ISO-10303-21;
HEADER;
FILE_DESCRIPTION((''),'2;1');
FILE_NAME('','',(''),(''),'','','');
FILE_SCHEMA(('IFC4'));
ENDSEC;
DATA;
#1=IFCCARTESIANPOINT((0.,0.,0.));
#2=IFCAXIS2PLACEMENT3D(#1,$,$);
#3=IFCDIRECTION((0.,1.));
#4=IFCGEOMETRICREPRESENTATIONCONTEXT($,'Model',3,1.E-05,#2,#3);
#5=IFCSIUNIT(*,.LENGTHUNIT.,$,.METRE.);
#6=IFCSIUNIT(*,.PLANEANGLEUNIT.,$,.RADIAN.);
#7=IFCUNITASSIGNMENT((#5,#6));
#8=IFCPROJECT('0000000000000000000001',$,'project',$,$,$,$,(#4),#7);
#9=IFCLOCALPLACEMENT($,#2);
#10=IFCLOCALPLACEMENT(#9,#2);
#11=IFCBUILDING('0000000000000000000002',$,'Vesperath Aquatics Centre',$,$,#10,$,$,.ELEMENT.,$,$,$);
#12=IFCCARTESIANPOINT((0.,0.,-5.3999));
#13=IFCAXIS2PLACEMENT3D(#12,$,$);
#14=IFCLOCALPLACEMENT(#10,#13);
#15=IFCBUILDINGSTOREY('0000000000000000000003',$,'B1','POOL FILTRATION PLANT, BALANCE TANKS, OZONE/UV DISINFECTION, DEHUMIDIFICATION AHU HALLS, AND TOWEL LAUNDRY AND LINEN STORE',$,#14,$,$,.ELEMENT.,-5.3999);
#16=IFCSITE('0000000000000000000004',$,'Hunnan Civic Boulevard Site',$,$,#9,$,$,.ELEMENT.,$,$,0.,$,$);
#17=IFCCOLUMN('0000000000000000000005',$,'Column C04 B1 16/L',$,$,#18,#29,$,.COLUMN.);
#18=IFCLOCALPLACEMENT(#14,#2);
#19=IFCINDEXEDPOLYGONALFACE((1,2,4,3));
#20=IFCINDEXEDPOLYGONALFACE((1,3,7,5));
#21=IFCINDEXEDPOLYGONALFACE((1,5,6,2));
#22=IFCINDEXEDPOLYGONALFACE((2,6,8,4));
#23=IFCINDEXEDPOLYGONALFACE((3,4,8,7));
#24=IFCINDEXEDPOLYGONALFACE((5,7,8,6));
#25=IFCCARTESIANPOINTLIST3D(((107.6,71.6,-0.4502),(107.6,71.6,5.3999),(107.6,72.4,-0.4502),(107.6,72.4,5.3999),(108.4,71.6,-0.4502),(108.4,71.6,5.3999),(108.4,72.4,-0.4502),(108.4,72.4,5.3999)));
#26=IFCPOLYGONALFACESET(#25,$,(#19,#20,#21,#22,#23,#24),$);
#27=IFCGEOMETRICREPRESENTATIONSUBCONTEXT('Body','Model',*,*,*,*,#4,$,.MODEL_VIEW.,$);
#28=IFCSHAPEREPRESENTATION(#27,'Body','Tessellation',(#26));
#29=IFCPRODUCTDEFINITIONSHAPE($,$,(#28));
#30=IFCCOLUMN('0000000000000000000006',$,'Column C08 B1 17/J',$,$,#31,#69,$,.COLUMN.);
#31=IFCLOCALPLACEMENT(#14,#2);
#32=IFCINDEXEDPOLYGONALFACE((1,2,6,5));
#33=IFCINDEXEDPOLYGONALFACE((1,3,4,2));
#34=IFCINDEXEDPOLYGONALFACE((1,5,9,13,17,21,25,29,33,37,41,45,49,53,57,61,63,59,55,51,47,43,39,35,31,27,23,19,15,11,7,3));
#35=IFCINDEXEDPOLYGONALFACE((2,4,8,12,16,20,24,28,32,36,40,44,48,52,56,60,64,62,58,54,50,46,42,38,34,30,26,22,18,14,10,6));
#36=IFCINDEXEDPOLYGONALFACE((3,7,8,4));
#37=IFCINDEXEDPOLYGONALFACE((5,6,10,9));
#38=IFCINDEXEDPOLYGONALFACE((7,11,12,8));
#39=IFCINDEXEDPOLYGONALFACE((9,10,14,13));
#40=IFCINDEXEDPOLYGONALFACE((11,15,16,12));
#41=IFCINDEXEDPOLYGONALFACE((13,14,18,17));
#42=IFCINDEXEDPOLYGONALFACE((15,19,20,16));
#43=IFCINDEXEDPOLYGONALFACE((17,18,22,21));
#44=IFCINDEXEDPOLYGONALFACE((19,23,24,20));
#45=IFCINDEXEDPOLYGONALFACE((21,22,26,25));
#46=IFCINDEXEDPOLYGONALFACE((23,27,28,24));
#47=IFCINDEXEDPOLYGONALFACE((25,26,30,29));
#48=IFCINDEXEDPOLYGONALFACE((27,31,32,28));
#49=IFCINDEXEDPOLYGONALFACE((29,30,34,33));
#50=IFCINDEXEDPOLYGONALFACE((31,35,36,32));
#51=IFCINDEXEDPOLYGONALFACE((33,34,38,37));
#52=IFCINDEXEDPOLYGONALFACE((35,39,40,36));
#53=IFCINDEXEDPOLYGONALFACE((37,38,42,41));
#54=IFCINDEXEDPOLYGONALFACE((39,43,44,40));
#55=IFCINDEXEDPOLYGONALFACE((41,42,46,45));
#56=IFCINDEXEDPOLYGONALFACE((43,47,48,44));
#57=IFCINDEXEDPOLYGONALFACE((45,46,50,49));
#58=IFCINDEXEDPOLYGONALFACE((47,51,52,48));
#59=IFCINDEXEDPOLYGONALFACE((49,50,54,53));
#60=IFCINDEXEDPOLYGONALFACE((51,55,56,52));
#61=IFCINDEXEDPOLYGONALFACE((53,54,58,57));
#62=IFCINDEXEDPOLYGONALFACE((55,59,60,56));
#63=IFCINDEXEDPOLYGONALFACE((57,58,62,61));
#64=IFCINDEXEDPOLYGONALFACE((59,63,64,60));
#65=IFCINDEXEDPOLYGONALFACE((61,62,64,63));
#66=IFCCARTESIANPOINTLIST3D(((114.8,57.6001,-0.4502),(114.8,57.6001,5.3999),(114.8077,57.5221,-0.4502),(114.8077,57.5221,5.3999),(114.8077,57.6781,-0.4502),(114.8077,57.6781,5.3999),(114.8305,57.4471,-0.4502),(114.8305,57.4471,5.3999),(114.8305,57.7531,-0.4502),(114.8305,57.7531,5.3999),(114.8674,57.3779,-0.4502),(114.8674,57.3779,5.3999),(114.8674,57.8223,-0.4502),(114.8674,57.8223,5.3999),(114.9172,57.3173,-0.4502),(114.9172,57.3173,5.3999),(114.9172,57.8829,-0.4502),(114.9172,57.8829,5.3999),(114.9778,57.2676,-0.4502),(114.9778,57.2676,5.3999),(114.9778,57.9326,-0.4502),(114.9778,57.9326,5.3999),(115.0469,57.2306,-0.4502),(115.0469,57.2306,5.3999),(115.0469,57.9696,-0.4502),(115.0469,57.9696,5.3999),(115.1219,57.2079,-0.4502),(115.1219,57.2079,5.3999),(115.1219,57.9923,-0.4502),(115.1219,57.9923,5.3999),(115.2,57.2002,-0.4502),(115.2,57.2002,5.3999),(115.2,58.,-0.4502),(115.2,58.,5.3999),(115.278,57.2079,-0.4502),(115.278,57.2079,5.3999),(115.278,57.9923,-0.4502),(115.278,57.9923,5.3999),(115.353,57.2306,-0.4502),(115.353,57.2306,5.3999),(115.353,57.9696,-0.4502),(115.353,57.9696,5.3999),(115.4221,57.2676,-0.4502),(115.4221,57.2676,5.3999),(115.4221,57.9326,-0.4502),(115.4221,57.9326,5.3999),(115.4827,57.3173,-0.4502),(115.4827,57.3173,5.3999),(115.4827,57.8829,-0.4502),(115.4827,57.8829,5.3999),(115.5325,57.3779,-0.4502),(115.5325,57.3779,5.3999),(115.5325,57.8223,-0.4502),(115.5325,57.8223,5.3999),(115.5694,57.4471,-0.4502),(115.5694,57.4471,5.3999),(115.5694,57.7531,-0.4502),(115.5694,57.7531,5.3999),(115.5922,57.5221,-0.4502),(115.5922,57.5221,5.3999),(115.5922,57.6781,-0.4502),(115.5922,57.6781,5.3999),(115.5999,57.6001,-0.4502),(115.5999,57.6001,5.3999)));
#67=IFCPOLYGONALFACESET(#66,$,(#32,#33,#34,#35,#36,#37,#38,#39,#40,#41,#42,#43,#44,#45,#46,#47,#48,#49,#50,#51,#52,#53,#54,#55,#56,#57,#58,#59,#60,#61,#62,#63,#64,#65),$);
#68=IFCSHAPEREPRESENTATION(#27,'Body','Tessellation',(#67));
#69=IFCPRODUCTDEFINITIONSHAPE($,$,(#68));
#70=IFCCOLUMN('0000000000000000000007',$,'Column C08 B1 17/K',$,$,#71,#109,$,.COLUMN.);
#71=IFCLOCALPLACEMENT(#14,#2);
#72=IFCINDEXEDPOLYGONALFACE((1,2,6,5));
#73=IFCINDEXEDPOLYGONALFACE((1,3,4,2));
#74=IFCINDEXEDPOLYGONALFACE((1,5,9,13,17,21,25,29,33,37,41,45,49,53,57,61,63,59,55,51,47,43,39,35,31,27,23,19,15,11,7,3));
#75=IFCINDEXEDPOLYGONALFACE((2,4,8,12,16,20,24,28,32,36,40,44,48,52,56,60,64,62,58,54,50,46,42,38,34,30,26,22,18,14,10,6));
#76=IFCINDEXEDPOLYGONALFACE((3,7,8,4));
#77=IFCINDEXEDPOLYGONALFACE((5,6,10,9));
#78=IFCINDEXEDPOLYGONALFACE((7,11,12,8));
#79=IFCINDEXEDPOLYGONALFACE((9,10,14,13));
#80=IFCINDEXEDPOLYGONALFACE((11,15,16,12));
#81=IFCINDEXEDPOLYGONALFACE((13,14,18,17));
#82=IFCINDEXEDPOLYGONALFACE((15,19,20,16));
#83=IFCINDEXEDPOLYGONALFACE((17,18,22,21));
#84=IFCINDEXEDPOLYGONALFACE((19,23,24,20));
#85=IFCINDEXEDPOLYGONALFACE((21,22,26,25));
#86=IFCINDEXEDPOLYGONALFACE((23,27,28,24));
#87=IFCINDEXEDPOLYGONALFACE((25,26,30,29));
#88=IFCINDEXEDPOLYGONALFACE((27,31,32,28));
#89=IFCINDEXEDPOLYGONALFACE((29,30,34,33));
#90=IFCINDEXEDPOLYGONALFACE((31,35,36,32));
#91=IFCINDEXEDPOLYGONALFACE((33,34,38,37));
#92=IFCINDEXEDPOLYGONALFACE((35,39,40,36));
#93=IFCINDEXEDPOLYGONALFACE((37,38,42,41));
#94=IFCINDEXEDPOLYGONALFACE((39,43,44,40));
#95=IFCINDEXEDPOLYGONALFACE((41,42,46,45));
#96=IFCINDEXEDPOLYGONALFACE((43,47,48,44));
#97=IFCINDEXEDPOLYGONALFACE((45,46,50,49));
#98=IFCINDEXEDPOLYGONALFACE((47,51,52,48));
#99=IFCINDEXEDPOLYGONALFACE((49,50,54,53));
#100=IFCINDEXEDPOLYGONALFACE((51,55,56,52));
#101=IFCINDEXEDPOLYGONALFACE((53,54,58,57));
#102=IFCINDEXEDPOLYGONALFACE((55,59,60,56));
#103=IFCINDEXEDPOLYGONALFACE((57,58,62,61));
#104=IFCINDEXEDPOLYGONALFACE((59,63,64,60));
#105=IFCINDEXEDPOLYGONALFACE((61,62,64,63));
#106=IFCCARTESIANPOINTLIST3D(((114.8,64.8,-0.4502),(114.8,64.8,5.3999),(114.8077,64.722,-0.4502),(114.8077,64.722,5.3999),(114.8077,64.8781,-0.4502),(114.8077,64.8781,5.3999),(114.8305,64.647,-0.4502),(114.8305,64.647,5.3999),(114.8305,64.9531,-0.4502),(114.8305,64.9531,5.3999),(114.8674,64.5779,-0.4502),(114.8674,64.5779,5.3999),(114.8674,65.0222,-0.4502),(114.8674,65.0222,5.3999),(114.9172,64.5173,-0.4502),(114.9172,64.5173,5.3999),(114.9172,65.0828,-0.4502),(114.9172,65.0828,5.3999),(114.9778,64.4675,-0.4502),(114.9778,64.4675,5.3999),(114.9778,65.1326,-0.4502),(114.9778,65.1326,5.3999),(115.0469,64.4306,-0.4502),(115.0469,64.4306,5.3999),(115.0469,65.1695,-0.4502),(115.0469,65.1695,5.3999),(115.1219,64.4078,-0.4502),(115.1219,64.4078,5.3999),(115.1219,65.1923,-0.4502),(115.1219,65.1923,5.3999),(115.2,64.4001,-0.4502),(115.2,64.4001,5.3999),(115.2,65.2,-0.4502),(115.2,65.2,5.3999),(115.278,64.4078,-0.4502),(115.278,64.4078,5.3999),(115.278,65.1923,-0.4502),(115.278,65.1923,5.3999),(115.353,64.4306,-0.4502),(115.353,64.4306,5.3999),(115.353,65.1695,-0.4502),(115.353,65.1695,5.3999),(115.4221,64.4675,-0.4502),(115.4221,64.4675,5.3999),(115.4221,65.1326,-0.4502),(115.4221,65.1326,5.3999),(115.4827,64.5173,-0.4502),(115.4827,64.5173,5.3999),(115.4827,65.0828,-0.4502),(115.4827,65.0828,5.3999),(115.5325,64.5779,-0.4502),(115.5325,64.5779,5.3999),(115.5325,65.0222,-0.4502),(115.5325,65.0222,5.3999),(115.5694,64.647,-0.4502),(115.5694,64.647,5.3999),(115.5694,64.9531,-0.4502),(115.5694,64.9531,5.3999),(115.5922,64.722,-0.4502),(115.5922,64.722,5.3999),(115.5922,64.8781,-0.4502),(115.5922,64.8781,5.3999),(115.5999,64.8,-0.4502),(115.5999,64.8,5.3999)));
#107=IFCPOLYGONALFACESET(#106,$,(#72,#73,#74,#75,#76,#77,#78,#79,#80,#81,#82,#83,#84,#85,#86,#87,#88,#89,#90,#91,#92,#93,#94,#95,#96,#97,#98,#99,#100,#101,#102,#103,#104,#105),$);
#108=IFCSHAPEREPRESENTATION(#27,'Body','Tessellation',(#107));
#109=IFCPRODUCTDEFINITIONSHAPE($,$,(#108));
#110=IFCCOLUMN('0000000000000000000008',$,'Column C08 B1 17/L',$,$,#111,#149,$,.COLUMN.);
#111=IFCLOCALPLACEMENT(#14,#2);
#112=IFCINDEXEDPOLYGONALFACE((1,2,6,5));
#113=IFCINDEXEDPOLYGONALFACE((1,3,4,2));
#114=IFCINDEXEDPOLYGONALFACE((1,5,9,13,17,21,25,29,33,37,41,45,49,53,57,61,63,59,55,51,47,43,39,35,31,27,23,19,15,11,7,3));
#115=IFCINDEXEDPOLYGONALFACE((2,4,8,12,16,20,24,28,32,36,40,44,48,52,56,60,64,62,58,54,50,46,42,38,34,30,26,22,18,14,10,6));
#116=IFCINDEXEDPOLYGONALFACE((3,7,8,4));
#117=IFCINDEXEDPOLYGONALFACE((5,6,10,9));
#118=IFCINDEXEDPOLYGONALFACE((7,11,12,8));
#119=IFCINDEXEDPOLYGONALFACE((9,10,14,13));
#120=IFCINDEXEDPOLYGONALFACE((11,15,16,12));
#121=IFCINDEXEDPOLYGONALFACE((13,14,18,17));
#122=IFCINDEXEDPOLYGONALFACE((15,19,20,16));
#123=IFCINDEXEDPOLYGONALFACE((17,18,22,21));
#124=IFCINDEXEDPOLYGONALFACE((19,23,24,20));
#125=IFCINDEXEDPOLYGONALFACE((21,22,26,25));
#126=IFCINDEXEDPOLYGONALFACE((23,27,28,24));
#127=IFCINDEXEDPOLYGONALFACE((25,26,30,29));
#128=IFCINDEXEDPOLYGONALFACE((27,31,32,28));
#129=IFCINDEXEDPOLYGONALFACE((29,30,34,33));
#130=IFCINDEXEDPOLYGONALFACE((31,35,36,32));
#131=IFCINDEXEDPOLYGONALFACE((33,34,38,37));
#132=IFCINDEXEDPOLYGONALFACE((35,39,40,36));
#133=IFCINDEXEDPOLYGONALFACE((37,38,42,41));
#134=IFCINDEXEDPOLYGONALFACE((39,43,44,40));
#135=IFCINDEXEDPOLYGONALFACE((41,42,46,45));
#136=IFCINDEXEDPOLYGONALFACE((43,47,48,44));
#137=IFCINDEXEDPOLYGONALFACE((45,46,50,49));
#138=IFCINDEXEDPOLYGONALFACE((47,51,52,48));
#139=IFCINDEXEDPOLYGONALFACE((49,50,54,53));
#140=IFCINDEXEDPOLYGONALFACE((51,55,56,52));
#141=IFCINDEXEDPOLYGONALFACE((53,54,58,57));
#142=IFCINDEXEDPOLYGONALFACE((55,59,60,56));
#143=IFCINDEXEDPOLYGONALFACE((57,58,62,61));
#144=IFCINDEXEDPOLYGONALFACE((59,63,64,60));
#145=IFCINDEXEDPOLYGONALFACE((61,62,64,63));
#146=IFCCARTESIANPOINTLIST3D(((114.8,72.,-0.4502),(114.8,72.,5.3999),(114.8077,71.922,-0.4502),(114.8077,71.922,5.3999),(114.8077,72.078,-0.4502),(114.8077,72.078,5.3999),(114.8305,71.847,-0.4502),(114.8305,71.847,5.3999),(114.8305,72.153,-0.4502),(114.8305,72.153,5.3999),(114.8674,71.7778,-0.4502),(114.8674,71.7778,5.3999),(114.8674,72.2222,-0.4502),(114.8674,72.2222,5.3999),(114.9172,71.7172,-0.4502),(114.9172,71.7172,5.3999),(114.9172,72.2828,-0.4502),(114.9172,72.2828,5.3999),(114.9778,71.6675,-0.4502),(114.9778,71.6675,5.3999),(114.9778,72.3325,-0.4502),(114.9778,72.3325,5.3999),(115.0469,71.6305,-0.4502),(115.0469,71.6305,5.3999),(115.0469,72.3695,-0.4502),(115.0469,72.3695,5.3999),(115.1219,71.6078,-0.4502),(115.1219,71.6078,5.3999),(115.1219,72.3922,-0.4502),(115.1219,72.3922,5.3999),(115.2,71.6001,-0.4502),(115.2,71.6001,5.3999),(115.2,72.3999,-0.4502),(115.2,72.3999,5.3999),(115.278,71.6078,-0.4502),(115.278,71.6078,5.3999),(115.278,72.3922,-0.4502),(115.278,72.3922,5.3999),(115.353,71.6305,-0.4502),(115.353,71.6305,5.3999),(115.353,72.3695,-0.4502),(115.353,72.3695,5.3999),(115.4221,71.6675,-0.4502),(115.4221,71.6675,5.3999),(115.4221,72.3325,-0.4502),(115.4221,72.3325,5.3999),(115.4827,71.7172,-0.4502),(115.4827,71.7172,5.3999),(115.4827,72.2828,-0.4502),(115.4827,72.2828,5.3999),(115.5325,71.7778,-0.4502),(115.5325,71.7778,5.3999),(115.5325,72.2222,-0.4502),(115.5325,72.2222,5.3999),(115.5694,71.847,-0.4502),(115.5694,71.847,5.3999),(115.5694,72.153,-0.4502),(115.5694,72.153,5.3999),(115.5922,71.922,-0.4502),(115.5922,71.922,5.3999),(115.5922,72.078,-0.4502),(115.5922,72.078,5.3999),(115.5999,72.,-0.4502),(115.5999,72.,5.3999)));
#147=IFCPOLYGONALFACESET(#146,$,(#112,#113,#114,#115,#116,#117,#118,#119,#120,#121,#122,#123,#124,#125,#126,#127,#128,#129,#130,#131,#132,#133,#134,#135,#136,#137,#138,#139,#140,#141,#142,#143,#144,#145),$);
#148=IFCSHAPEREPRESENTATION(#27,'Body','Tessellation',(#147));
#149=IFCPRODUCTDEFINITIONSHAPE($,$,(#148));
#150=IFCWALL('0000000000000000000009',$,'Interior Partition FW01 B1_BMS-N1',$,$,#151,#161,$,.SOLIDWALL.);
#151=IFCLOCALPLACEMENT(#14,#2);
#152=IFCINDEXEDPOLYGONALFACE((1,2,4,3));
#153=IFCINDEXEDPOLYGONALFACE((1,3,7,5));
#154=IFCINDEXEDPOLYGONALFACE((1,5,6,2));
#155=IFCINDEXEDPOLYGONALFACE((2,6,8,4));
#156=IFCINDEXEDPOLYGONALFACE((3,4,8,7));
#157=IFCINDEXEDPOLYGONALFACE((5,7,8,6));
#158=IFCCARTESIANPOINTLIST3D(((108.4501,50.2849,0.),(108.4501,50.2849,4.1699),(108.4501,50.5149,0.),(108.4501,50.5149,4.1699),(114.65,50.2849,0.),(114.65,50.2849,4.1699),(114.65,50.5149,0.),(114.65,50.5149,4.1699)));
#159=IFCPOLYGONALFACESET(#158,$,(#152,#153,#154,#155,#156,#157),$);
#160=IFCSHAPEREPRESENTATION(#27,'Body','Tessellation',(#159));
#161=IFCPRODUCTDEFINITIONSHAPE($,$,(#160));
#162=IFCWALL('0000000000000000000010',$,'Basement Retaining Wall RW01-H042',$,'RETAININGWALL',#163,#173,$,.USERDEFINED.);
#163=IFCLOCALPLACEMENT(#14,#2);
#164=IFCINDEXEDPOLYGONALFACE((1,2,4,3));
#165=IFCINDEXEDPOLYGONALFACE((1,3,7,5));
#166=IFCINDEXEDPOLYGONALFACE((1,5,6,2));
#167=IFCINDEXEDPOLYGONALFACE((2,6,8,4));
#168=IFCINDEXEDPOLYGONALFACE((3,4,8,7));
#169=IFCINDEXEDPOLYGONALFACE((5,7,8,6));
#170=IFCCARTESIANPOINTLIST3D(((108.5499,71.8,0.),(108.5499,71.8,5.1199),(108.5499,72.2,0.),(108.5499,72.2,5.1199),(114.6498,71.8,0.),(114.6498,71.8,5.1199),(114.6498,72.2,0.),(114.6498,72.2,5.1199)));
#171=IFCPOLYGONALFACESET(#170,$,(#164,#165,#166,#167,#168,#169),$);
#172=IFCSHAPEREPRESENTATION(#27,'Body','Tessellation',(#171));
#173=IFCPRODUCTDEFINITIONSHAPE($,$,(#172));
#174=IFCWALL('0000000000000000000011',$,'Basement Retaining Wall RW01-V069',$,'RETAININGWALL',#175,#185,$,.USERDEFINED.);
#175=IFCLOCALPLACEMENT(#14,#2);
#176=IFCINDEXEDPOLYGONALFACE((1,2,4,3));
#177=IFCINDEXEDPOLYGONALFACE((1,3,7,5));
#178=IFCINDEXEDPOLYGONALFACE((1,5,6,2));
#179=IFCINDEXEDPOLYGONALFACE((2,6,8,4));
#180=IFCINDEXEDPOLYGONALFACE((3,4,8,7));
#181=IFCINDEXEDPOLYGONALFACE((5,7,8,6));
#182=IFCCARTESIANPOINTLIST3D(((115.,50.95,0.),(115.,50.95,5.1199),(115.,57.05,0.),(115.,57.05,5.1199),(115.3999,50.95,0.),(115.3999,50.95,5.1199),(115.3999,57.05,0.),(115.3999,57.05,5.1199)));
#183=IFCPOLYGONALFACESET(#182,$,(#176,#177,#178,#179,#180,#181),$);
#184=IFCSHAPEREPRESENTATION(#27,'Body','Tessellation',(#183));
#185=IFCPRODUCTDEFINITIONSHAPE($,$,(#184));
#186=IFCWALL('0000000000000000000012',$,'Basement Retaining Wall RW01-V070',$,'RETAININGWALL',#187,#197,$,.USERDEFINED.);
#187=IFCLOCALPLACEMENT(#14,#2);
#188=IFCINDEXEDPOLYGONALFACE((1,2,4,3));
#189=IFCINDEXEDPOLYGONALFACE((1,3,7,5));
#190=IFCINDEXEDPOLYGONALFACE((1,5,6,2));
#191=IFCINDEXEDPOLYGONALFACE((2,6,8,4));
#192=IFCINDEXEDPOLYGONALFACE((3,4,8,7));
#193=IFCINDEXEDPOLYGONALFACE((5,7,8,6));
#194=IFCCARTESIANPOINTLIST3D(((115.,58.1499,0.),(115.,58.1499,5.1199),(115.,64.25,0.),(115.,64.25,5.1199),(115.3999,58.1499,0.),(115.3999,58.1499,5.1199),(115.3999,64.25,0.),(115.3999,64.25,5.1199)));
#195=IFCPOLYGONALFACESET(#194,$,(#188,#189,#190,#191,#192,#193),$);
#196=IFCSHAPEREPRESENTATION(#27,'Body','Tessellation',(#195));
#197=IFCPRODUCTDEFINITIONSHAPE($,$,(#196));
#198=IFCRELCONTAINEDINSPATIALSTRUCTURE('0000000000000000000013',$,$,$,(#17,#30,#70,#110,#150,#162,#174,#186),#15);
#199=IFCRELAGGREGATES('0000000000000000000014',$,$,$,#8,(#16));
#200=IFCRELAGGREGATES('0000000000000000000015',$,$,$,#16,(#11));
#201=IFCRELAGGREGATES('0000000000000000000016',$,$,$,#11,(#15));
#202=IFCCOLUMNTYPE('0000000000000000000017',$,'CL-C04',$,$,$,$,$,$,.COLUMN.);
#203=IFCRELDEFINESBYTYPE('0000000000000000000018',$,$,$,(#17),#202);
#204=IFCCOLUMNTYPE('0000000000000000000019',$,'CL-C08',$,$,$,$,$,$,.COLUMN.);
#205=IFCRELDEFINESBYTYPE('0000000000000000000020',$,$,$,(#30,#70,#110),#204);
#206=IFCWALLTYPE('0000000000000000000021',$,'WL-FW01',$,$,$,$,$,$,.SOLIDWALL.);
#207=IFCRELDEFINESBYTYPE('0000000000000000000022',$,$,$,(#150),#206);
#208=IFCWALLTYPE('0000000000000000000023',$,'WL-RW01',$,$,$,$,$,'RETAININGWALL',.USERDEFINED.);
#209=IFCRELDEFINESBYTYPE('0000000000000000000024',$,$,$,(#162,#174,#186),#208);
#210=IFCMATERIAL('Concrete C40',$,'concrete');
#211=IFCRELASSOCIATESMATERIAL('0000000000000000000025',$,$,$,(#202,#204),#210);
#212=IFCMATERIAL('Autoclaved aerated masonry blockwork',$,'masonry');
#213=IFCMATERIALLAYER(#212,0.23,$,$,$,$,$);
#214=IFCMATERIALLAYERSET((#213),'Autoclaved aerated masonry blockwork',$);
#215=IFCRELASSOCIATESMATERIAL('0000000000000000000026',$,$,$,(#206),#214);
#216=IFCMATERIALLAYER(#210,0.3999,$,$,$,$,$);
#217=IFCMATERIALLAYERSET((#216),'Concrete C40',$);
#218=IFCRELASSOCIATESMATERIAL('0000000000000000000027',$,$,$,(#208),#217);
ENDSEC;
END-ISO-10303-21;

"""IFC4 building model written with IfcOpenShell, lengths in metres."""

from ifc_helpers import new_model, si_unit, direction, frame, frame_2d, origin, origin_2d, place, context, subcontext, project, spatial, rectangle, circle, extrude, material, layer, layer_set, material_profile, profile_set, type_object, element, save


model = new_model("IFC4")

# Units and contexts
model_context = context("Model", 3, precision=1e-05, world=origin(), true_north=direction((0.0, 1.0)))
body_context = subcontext(model_context, "Body", "Model", "MODEL_VIEW")
ifc_project = project(units=[si_unit("LENGTHUNIT", "METRE"), si_unit("PLANEANGLEUNIT", "RADIAN")], contexts=[model_context])

# Site, building, storey
site_placement = place(None, origin())
site = spatial("IfcSite", under=ifc_project, at=site_placement, Name="Hunnan Civic Boulevard Site", CompositionType="ELEMENT", RefElevation=0.0)
building_placement = place(site_placement, origin())
building = spatial("IfcBuilding", under=site, at=building_placement, Name="Vesperath Aquatics Centre", CompositionType="ELEMENT")
storey_placement = place(building_placement, frame((0.0, 0.0, -5.3999)))
storey = spatial("IfcBuildingStorey", under=building, at=storey_placement, Name="B1", Description="POOL FILTRATION PLANT, BALANCE TANKS, OZONE/UV DISINFECTION, DEHUMIDIFICATION AHU HALLS, AND TOWEL LAUNDRY AND LINEN STORE", CompositionType="ELEMENT", Elevation=-5.3999)

# Shared definitions
ifc_material_1 = material(Name="Concrete C40", Category="concrete")

# Columns
ifc_material_profile_1 = material_profile(ifc_material_1, rectangle(XDim=0.8, YDim=0.8, at=origin_2d()), Name="RC 800x800")
ifc_profile_set_1 = profile_set([ifc_material_profile_1], Name="Concrete C40")
column_type_1 = type_object("IfcColumnType", Name="CL-C04", PredefinedType="COLUMN", material=ifc_profile_set_1)
column_placement = place(storey_placement, frame((108.0, 72.0, -0.4502), z_axis=(0.0, 0.0, 1.0), x_axis=(1.0, 0.0, 0.0)))
element("IfcColumn", 1, at=column_placement, inside=storey, type_object=column_type_1, Name="Column C04 B1 16/L", PredefinedType="COLUMN", context=body_context, shape_type="SweptSolid", body=[
    extrude(rectangle(XDim=0.8, YDim=0.8, at=origin_2d()), origin(), (0.0, 0.0, 1.0), 5.8501),
])
ifc_material_profile_2 = material_profile(ifc_material_1, circle(Radius=0.3999, at=origin_2d()), Name="RC D800")
ifc_profile_set_2 = profile_set([ifc_material_profile_2], Name="Concrete C40")
column_type_2 = type_object("IfcColumnType", Name="CL-C08", PredefinedType="COLUMN", material=ifc_profile_set_2)
for number, where, z_axis, x_axis, name in (
    (2, (115.2, 57.6001, -0.4502), (0.0, 0.0, 1.0), (1.0, 0.0, 0.0), "Column C08 B1 17/J"),
    (3, (115.2, 64.8, -0.4502), (0.0, 0.0, 1.0), (1.0, 0.0, 0.0), "Column C08 B1 17/K"),
    (4, (115.2, 72.0, -0.4502), (0.0, 0.0, 1.0), (1.0, 0.0, 0.0), "Column C08 B1 17/L"),
):
    element("IfcColumn", number, at=place(storey_placement, frame(where, z_axis=z_axis, x_axis=x_axis)), inside=storey, type_object=column_type_2, Name=name, PredefinedType="COLUMN", context=body_context, shape_type="SweptSolid", body=[
        extrude(circle(Radius=0.3999, at=origin_2d()), origin(), (0.0, 0.0, 1.0), 5.8501),
    ])

# Walls
ifc_material_2 = material(Name="Autoclaved aerated masonry blockwork", Category="masonry")
ifc_layer_1 = layer(ifc_material_2, 0.23)
ifc_layer_set_1 = layer_set([ifc_layer_1], Name="Autoclaved aerated masonry blockwork")
wall_type_1 = type_object("IfcWallType", Name="WL-FW01", PredefinedType="SOLIDWALL", material=ifc_layer_set_1)
wall_1_placement = place(storey_placement, frame((108.45, 50.3999, 0.0), z_axis=(0.0, 0.0, 1.0), x_axis=(1.0, 0.0, 0.0)))
element("IfcWall", 5, at=wall_1_placement, inside=storey, type_object=wall_type_1, Name="Interior Partition FW01 B1_BMS-N1", PredefinedType="SOLIDWALL", context=body_context, shape_type="SweptSolid", body=[
    extrude(rectangle(XDim=6.2, YDim=0.23, at=frame_2d((3.1001, 0.0))), origin(), (0.0, 0.0, 1.0), 4.1699),
])
ifc_layer_2 = layer(ifc_material_1, 0.3999)
ifc_layer_set_2 = layer_set([ifc_layer_2], Name="Concrete C40")
wall_type_2 = type_object("IfcWallType", Name="WL-RW01", ElementType="RETAININGWALL", PredefinedType="USERDEFINED", material=ifc_layer_set_2)
wall_2_placement = place(storey_placement, frame((108.55, 72.0, 0.0), z_axis=(0.0, 0.0, 1.0), x_axis=(1.0, 0.0, 0.0)))
element("IfcWall", 6, at=wall_2_placement, inside=storey, type_object=wall_type_2, Name="Basement Retaining Wall RW01-H042", ObjectType="RETAININGWALL", PredefinedType="USERDEFINED", context=body_context, shape_type="SweptSolid", body=[
    extrude(rectangle(XDim=6.0999, YDim=0.3999, at=frame_2d((3.0498, 0.0))), origin(), (0.0, 0.0, 1.0), 5.1199),
])
for number, where, z_axis, x_axis, name in (
    (7, (115.2, 50.95, 0.0), (0.0, 0.0, 1.0), (0.0, 1.0, 0.0), "Basement Retaining Wall RW01-V069"),
    (8, (115.2, 58.1499, 0.0), (0.0, 0.0, 1.0), (0.0, 1.0, 0.0), "Basement Retaining Wall RW01-V070"),
):
    element("IfcWall", number, at=place(storey_placement, frame(where, z_axis=z_axis, x_axis=x_axis)), inside=storey, type_object=wall_type_2, Name=name, ObjectType="RETAININGWALL", PredefinedType="USERDEFINED", context=body_context, shape_type="SweptSolid", body=[
        extrude(rectangle(XDim=6.1001, YDim=0.3999, at=frame_2d((3.05, 0.0))), origin(), (0.0, 0.0, 1.0), 5.1199),
    ])

save(model, "model.ifc")
